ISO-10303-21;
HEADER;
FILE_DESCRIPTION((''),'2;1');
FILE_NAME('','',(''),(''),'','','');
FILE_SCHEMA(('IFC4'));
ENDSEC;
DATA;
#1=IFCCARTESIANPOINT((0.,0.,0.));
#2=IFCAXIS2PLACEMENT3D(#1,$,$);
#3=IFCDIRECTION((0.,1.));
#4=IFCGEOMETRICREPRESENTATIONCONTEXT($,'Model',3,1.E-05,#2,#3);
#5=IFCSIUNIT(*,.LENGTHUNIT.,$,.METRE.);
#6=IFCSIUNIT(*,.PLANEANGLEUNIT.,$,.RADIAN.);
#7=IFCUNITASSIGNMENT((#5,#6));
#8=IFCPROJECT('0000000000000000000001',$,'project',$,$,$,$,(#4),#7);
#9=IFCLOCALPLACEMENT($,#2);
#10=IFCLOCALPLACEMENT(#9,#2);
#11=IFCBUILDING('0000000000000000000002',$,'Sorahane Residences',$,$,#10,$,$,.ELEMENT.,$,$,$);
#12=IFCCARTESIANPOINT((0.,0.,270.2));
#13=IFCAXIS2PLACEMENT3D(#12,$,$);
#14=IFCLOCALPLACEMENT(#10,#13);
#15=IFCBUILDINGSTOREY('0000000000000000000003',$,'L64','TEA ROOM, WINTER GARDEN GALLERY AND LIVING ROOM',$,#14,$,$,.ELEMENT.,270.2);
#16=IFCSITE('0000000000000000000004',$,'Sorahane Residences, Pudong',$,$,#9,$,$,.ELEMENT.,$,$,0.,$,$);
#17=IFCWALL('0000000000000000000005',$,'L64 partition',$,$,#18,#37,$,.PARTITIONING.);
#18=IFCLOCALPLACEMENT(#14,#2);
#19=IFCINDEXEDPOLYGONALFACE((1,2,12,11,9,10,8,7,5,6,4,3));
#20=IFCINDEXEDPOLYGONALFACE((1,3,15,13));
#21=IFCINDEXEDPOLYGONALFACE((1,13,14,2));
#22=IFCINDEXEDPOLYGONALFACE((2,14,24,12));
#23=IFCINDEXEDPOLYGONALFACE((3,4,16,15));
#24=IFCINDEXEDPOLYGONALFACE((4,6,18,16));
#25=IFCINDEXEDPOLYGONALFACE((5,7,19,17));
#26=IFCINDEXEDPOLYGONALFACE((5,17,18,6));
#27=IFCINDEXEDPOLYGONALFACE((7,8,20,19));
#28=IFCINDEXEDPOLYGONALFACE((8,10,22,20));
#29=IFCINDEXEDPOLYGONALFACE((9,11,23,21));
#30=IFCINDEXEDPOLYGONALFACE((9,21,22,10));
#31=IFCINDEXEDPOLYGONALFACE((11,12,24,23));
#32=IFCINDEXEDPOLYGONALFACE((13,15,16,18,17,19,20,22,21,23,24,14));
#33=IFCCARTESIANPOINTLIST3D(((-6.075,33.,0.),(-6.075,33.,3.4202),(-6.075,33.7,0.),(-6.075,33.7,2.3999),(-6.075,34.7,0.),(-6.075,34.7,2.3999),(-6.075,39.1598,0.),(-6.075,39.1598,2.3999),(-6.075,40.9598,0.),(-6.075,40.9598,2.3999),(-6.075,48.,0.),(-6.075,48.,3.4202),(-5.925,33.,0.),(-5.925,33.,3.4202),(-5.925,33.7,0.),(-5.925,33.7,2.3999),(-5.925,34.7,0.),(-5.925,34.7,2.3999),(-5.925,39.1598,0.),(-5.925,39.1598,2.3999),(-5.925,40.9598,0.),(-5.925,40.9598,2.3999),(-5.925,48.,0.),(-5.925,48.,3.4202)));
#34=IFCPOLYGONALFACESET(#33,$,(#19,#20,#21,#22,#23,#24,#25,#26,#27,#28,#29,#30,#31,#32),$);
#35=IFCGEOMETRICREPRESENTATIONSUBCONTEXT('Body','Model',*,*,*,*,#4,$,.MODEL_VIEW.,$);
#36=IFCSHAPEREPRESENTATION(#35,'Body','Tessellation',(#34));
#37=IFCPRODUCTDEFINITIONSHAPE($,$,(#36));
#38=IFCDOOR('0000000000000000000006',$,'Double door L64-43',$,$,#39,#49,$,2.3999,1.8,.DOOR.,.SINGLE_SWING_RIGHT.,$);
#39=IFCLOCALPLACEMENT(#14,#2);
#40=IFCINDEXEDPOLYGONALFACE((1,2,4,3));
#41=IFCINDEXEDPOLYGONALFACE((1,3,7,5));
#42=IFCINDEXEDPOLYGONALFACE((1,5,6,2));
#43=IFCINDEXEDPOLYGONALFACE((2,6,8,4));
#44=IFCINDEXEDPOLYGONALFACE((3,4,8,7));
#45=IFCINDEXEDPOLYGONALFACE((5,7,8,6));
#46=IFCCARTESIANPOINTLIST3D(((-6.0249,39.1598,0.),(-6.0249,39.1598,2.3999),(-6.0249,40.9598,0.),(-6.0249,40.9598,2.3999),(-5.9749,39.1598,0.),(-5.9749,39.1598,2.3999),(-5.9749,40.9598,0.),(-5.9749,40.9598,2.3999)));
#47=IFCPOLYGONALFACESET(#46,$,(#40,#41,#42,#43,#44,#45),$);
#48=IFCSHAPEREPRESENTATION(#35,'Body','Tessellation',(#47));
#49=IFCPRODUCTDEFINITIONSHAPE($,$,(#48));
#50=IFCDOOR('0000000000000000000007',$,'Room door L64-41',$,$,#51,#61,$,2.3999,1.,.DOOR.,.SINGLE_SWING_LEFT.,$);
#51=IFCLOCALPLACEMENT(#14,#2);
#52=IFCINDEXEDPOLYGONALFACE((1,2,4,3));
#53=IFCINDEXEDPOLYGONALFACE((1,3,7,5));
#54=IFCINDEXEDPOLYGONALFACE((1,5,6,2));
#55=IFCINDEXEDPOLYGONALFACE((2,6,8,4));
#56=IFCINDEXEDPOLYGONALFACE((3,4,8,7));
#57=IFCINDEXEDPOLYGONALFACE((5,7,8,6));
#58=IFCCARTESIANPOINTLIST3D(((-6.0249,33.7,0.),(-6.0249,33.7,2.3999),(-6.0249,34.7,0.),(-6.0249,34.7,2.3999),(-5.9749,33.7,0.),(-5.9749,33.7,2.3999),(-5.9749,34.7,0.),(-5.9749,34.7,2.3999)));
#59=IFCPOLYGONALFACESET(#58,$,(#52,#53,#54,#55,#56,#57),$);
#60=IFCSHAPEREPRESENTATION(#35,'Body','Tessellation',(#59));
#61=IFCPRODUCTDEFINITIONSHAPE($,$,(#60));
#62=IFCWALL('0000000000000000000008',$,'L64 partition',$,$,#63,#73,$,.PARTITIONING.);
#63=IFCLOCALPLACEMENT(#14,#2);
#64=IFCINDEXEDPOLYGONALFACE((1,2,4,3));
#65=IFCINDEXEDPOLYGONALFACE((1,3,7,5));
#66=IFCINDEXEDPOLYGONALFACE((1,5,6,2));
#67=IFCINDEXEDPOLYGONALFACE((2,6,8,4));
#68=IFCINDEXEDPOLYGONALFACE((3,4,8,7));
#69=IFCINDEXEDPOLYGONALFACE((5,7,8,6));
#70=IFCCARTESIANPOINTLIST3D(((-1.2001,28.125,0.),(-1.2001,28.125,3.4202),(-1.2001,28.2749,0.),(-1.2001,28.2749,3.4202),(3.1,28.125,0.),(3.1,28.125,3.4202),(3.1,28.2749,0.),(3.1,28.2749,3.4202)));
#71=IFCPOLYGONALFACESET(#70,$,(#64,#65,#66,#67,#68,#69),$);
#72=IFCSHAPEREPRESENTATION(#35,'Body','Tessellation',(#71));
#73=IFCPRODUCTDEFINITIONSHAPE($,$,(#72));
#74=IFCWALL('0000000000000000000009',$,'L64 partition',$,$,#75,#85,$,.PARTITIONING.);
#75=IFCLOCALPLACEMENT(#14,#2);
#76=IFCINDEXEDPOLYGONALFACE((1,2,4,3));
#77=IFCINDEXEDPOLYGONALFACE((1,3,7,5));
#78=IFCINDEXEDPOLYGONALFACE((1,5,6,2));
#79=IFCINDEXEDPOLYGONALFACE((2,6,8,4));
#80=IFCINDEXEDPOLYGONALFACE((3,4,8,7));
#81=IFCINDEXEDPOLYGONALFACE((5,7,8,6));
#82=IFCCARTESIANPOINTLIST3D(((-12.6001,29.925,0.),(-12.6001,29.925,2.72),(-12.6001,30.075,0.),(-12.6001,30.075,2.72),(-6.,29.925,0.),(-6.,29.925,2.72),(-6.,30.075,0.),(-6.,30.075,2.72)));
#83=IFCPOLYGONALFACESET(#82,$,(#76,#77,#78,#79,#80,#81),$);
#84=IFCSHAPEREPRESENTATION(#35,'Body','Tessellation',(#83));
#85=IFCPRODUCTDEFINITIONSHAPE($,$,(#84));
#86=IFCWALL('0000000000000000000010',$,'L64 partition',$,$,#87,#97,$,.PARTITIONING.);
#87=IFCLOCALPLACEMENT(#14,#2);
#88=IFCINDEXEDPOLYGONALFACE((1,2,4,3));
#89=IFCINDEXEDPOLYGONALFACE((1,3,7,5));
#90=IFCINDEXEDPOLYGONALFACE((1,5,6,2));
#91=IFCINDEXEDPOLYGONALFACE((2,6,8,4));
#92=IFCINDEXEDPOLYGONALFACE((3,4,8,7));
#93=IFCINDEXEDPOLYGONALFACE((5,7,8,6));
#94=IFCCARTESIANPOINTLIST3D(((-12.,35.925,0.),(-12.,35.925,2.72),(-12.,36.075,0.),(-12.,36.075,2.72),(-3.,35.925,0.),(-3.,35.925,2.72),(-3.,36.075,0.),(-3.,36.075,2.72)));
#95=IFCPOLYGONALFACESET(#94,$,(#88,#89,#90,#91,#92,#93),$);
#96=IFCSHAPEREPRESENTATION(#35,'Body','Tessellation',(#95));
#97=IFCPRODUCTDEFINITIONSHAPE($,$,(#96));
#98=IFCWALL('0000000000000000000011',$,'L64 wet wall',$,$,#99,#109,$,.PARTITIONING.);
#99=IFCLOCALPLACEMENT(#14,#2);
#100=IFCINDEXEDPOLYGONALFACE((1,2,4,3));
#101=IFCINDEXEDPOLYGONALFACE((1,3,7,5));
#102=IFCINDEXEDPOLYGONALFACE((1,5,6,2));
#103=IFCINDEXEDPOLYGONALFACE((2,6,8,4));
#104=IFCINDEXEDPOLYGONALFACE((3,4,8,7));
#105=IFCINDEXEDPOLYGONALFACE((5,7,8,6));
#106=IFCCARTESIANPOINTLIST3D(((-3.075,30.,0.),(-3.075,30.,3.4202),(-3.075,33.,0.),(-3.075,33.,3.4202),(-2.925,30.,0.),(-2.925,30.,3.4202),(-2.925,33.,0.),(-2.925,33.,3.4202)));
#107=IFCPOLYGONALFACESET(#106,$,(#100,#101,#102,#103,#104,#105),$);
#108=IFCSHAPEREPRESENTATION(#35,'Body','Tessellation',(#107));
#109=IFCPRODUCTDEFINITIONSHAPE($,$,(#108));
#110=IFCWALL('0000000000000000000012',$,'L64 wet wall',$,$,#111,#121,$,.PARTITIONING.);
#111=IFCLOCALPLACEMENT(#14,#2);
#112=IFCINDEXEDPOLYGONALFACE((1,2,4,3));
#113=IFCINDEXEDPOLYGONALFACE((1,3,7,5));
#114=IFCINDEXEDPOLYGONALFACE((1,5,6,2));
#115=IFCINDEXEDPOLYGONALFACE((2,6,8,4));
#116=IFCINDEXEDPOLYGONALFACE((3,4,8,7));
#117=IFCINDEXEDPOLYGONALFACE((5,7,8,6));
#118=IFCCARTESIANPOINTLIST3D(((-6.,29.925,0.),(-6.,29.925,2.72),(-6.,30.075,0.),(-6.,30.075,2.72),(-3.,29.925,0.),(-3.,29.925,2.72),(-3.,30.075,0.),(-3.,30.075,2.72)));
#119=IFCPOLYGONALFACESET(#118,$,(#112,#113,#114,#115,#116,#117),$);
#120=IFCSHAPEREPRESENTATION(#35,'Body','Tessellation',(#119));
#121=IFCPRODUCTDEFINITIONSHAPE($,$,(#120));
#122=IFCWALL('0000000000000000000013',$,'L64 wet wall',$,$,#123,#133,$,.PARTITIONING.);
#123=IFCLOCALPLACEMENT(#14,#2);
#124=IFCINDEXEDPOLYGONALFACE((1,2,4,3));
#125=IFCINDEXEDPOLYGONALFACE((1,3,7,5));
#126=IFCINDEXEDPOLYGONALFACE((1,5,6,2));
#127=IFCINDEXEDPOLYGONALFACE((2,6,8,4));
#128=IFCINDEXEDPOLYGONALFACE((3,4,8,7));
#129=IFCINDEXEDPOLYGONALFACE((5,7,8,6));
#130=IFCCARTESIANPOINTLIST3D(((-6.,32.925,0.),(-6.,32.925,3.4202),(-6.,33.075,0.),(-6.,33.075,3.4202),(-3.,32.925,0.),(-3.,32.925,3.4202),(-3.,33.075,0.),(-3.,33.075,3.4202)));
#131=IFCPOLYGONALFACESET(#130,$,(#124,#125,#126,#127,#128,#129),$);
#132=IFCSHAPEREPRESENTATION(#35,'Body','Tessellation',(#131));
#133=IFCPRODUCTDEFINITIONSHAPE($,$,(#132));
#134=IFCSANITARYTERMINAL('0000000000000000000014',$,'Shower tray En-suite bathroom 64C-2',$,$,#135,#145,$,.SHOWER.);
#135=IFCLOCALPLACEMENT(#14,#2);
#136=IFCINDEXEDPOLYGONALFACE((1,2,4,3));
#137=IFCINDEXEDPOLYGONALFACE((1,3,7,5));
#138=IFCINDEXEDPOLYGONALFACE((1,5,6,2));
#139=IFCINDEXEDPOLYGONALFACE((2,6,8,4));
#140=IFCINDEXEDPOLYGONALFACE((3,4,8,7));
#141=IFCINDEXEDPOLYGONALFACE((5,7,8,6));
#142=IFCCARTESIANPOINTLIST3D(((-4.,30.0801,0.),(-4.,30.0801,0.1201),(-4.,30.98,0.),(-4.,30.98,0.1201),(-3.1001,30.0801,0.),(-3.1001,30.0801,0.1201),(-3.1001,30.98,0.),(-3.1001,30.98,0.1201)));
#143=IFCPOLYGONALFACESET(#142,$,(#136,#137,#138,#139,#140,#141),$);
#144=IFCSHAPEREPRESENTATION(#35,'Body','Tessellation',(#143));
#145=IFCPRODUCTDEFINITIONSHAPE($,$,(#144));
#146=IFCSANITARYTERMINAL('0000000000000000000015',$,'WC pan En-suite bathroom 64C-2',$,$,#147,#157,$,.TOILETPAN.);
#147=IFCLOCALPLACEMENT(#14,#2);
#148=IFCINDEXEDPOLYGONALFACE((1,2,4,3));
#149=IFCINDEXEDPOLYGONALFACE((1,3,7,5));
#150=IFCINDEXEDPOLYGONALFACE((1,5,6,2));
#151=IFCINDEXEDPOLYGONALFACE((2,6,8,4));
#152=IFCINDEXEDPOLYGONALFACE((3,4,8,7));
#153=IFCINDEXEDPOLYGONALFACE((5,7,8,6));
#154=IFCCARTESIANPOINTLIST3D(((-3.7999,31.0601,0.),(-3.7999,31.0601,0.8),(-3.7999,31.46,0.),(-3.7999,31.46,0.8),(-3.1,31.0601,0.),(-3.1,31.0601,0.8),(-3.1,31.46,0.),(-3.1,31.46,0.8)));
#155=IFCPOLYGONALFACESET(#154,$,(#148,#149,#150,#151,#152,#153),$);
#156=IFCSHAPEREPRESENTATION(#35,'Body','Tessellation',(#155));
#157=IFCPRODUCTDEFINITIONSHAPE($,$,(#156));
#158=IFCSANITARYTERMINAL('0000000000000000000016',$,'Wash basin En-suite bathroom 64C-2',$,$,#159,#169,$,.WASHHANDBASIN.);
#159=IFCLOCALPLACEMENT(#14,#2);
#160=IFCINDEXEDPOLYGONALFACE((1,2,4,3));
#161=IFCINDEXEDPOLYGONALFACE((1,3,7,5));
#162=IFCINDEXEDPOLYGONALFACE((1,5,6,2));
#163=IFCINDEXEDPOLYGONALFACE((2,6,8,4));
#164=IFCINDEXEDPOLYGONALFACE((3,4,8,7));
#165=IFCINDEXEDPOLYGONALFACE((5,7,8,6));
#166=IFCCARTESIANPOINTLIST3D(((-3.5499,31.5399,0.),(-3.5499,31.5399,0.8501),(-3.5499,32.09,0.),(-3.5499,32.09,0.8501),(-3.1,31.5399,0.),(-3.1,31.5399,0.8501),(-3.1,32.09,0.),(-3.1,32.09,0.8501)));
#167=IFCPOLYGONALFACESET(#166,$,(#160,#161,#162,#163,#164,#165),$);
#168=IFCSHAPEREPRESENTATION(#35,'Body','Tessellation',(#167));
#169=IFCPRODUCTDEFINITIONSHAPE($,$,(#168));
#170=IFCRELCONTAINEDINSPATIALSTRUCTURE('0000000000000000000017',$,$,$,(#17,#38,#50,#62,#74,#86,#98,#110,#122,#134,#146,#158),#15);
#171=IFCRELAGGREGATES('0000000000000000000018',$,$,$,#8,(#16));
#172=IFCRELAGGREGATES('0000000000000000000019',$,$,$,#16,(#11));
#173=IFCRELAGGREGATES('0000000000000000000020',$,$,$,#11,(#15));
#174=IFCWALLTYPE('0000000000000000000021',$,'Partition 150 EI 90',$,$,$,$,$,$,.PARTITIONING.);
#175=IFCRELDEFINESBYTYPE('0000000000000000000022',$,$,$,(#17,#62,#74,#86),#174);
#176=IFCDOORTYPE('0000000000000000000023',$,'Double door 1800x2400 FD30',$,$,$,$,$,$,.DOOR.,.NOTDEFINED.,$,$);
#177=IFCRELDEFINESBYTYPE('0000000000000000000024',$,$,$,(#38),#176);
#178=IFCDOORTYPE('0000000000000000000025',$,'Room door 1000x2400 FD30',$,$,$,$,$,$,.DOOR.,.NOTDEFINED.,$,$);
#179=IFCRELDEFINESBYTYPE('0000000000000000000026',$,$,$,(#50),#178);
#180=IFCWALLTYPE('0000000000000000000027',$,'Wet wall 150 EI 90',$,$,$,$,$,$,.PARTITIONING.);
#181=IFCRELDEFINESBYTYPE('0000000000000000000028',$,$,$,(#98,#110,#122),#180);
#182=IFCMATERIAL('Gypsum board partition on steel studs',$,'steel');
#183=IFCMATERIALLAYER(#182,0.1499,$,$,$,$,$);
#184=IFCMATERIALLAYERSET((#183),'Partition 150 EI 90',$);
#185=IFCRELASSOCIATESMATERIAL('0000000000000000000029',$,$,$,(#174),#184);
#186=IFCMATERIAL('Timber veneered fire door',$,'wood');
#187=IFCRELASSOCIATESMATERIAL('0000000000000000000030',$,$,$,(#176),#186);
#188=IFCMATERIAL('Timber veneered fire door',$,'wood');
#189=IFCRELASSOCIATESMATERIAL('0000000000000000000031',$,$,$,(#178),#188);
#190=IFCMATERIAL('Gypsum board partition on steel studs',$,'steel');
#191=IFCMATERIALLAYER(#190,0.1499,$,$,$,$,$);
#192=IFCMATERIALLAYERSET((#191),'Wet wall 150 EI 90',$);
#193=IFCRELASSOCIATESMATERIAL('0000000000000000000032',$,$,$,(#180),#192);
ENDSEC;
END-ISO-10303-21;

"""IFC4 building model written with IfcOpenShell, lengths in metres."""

from ifc_helpers import new_model, si_unit, direction, frame, frame_2d, origin, origin_2d, place, context, subcontext, project, spatial, rectangle, extrude, material, layer, layer_set, type_object, element, fill, save


model = new_model("IFC4")

# Units and contexts
model_context = context("Model", 3, precision=1e-05, world=origin(), true_north=direction((0.0, 1.0)))
body_context = subcontext(model_context, "Body", "Model", "MODEL_VIEW")
ifc_project = project(units=[si_unit("LENGTHUNIT", "METRE"), si_unit("PLANEANGLEUNIT", "RADIAN")], contexts=[model_context])

# Site, building, storey
site_placement = place(None, origin())
site = spatial("IfcSite", under=ifc_project, at=site_placement, Name="Sorahane Residences, Pudong", CompositionType="ELEMENT", RefElevation=0.0)
building_placement = place(site_placement, origin())
building = spatial("IfcBuilding", under=site, at=building_placement, Name="Sorahane Residences", CompositionType="ELEMENT")
storey_placement = place(building_placement, frame((0.0, 0.0, 270.2)))
storey = spatial("IfcBuildingStorey", under=building, at=storey_placement, Name="L64", Description="TEA ROOM, WINTER GARDEN GALLERY AND LIVING ROOM", CompositionType="ELEMENT", Elevation=270.2)

# Wall, openings, doors
ifc_material_1 = material(Name="Gypsum board partition on steel studs", Category="steel")
ifc_layer_1 = layer(ifc_material_1, 0.1499)
ifc_layer_set_1 = layer_set([ifc_layer_1], Name="Partition 150 EI 90")
wall_type_1 = type_object("IfcWallType", Name="Partition 150 EI 90", PredefinedType="PARTITIONING", material=ifc_layer_set_1)
ifc_material_2 = material(Name="Timber veneered fire door", Category="wood")
door_type_1 = type_object("IfcDoorType", Name="Double door 1800x2400 FD30", OperationType="NOTDEFINED", PredefinedType="DOOR", material=ifc_material_2)
ifc_material_3 = material(Name="Timber veneered fire door", Category="wood")
door_type_2 = type_object("IfcDoorType", Name="Room door 1000x2400 FD30", OperationType="NOTDEFINED", PredefinedType="DOOR", material=ifc_material_3)
wall_1_placement = place(storey_placement, frame((-6.0, 33.0, 0.0), z_axis=(0.0, 0.0, 1.0), x_axis=(0.0, 1.0, 0.0)))
wall_1 = element("IfcWall", 1, at=wall_1_placement, inside=storey, type_object=wall_type_1, Name="L64 partition", PredefinedType="PARTITIONING", context=body_context, shape_type="SweptSolid", body=[
    extrude(rectangle(XDim=15.0, YDim=0.1499, at=frame_2d((7.5, 0.0))), origin(), (0.0, 0.0, 1.0), 3.4202),
])
opening_1_placement = place(wall_1_placement, frame((0.7, 0.0, 0.0)))
opening_1 = element("IfcOpeningElement", 2, at=opening_1_placement, cuts=wall_1, PredefinedType="OPENING", context=body_context, shape_type="SweptSolid", body=[
    extrude(rectangle(XDim=1.0, YDim=2.3999, at=frame_2d((0.5, 1.2))), frame((0.0, 0.085, 0.0), z_axis=(0.0, -1.0, 0.0), x_axis=(1.0, 0.0, 0.0)), (0.0, 0.0, 1.0), 0.1699),
])
opening_2_placement = place(wall_1_placement, frame((6.1599, 0.0, 0.0)))
opening_2 = element("IfcOpeningElement", 3, at=opening_2_placement, cuts=wall_1, PredefinedType="OPENING", context=body_context, shape_type="SweptSolid", body=[
    extrude(rectangle(XDim=1.8, YDim=2.3999, at=frame_2d((0.8999, 1.2))), frame((0.0, 0.085, 0.0), z_axis=(0.0, -1.0, 0.0), x_axis=(1.0, 0.0, 0.0)), (0.0, 0.0, 1.0), 0.1699),
])
door_1_placement = place(opening_2_placement, origin())
door_1 = element("IfcDoor", 4, at=door_1_placement, inside=storey, type_object=door_type_1, Name="Double door L64-43", OperationType="SINGLE_SWING_RIGHT", OverallHeight=2.3999, OverallWidth=1.8, PredefinedType="DOOR", context=body_context, shape_type="SweptSolid", body=[
    extrude(rectangle(XDim=1.8, YDim=2.3999, at=frame_2d((0.8999, 1.2))), frame((0.0, 0.0249, 0.0), z_axis=(0.0, -1.0, 0.0), x_axis=(1.0, 0.0, 0.0)), (0.0, 0.0, 1.0), 0.05),
])
fill(opening_2, door_1)
door_2_placement = place(opening_1_placement, origin())
door_2 = element("IfcDoor", 5, at=door_2_placement, inside=storey, type_object=door_type_2, Name="Room door L64-41", OperationType="SINGLE_SWING_LEFT", OverallHeight=2.3999, OverallWidth=1.0, PredefinedType="DOOR", context=body_context, shape_type="SweptSolid", body=[
    extrude(rectangle(XDim=1.0, YDim=2.3999, at=frame_2d((0.5, 1.2))), frame((0.0, 0.0249, 0.0), z_axis=(0.0, -1.0, 0.0), x_axis=(1.0, 0.0, 0.0)), (0.0, 0.0, 1.0), 0.05),
])
fill(opening_1, door_2)

# Walls
wall_2_placement = place(storey_placement, frame((-1.2, 28.2, 0.0), z_axis=(0.0, 0.0, 1.0), x_axis=(1.0, 0.0, 0.0)))
element("IfcWall", 6, at=wall_2_placement, inside=storey, type_object=wall_type_1, Name="L64 partition", PredefinedType="PARTITIONING", context=body_context, shape_type="SweptSolid", body=[
    extrude(rectangle(XDim=4.3, YDim=0.1499, at=frame_2d((2.1499, 0.0))), origin(), (0.0, 0.0, 1.0), 3.4202),
])
wall_3_placement = place(storey_placement, frame((-12.6001, 30.0, 0.0), z_axis=(0.0, 0.0, 1.0), x_axis=(1.0, 0.0, 0.0)))
element("IfcWall", 7, at=wall_3_placement, inside=storey, type_object=wall_type_1, Name="L64 partition", PredefinedType="PARTITIONING", context=body_context, shape_type="SweptSolid", body=[
    extrude(rectangle(XDim=6.6001, YDim=0.1499, at=frame_2d((3.3, 0.0))), origin(), (0.0, 0.0, 1.0), 2.72),
])
wall_4_placement = place(storey_placement, frame((-12.0, 36.0, 0.0), z_axis=(0.0, 0.0, 1.0), x_axis=(1.0, 0.0, 0.0)))
element("IfcWall", 8, at=wall_4_placement, inside=storey, type_object=wall_type_1, Name="L64 partition", PredefinedType="PARTITIONING", context=body_context, shape_type="SweptSolid", body=[
    extrude(rectangle(XDim=9.0, YDim=0.1499, at=frame_2d((4.5, 0.0))), origin(), (0.0, 0.0, 1.0), 2.72),
])
ifc_material_4 = material(Name="Gypsum board partition on steel studs", Category="steel")
ifc_layer_2 = layer(ifc_material_4, 0.1499)
ifc_layer_set_2 = layer_set([ifc_layer_2], Name="Wet wall 150 EI 90")
wall_type_2 = type_object("IfcWallType", Name="Wet wall 150 EI 90", PredefinedType="PARTITIONING", material=ifc_layer_set_2)
wall_5_placement = place(storey_placement, frame((-3.0, 30.0, 0.0), z_axis=(0.0, 0.0, 1.0), x_axis=(0.0, 1.0, 0.0)))
element("IfcWall", 9, at=wall_5_placement, inside=storey, type_object=wall_type_2, Name="L64 wet wall", PredefinedType="PARTITIONING", context=body_context, shape_type="SweptSolid", body=[
    extrude(rectangle(XDim=3.0, YDim=0.1499, at=frame_2d((1.5, 0.0))), origin(), (0.0, 0.0, 1.0), 3.4202),
])

# Walls
wall_6_placement = place(storey_placement, frame((-6.0, 30.0, 0.0), z_axis=(0.0, 0.0, 1.0), x_axis=(1.0, 0.0, 0.0)))
element("IfcWall", 10, at=wall_6_placement, inside=storey, type_object=wall_type_2, Name="L64 wet wall", PredefinedType="PARTITIONING", context=body_context, shape_type="SweptSolid", body=[
    extrude(rectangle(XDim=3.0, YDim=0.1499, at=frame_2d((1.5, 0.0))), origin(), (0.0, 0.0, 1.0), 2.72),
])
wall_7_placement = place(storey_placement, frame((-6.0, 33.0, 0.0), z_axis=(0.0, 0.0, 1.0), x_axis=(1.0, 0.0, 0.0)))
element("IfcWall", 11, at=wall_7_placement, inside=storey, type_object=wall_type_2, Name="L64 wet wall", PredefinedType="PARTITIONING", context=body_context, shape_type="SweptSolid", body=[
    extrude(rectangle(XDim=3.0, YDim=0.1499, at=frame_2d((1.5, 0.0))), origin(), (0.0, 0.0, 1.0), 3.4202),
])

# Sanitary terminals
sanitary_terminal_1_placement = place(storey_placement, frame((-3.55, 30.53, 0.0), z_axis=(0.0, 0.0, 1.0), x_axis=(0.0, -1.0, 0.0)))
element("IfcSanitaryTerminal", 12, at=sanitary_terminal_1_placement, inside=storey, Name="Shower tray En-suite bathroom 64C-2", PredefinedType="SHOWER", context=body_context, shape_type="SweptSolid", body=[
    extrude(rectangle(XDim=0.8999, YDim=0.8999, at=origin_2d()), origin(), (0.0, 0.0, 1.0), 0.1201),
])
sanitary_terminal_2_placement = place(storey_placement, frame((-3.45, 31.26, 0.0), z_axis=(0.0, 0.0, 1.0), x_axis=(0.0, -1.0, 0.0)))
element("IfcSanitaryTerminal", 13, at=sanitary_terminal_2_placement, inside=storey, Name="WC pan En-suite bathroom 64C-2", PredefinedType="TOILETPAN", context=body_context, shape_type="SweptSolid", body=[
    extrude(rectangle(XDim=0.3999, YDim=0.7, at=origin_2d()), origin(), (0.0, 0.0, 1.0), 0.8),
])
sanitary_terminal_3_placement = place(storey_placement, frame((-3.325, 31.8149, 0.0), z_axis=(0.0, 0.0, 1.0), x_axis=(0.0, -1.0, 0.0)))
element("IfcSanitaryTerminal", 14, at=sanitary_terminal_3_placement, inside=storey, Name="Wash basin En-suite bathroom 64C-2", PredefinedType="WASHHANDBASIN", context=body_context, shape_type="SweptSolid", body=[
    extrude(rectangle(XDim=0.55, YDim=0.45, at=origin_2d()), origin(), (0.0, 0.0, 1.0), 0.8501),
])

save(model, "model.ifc")
